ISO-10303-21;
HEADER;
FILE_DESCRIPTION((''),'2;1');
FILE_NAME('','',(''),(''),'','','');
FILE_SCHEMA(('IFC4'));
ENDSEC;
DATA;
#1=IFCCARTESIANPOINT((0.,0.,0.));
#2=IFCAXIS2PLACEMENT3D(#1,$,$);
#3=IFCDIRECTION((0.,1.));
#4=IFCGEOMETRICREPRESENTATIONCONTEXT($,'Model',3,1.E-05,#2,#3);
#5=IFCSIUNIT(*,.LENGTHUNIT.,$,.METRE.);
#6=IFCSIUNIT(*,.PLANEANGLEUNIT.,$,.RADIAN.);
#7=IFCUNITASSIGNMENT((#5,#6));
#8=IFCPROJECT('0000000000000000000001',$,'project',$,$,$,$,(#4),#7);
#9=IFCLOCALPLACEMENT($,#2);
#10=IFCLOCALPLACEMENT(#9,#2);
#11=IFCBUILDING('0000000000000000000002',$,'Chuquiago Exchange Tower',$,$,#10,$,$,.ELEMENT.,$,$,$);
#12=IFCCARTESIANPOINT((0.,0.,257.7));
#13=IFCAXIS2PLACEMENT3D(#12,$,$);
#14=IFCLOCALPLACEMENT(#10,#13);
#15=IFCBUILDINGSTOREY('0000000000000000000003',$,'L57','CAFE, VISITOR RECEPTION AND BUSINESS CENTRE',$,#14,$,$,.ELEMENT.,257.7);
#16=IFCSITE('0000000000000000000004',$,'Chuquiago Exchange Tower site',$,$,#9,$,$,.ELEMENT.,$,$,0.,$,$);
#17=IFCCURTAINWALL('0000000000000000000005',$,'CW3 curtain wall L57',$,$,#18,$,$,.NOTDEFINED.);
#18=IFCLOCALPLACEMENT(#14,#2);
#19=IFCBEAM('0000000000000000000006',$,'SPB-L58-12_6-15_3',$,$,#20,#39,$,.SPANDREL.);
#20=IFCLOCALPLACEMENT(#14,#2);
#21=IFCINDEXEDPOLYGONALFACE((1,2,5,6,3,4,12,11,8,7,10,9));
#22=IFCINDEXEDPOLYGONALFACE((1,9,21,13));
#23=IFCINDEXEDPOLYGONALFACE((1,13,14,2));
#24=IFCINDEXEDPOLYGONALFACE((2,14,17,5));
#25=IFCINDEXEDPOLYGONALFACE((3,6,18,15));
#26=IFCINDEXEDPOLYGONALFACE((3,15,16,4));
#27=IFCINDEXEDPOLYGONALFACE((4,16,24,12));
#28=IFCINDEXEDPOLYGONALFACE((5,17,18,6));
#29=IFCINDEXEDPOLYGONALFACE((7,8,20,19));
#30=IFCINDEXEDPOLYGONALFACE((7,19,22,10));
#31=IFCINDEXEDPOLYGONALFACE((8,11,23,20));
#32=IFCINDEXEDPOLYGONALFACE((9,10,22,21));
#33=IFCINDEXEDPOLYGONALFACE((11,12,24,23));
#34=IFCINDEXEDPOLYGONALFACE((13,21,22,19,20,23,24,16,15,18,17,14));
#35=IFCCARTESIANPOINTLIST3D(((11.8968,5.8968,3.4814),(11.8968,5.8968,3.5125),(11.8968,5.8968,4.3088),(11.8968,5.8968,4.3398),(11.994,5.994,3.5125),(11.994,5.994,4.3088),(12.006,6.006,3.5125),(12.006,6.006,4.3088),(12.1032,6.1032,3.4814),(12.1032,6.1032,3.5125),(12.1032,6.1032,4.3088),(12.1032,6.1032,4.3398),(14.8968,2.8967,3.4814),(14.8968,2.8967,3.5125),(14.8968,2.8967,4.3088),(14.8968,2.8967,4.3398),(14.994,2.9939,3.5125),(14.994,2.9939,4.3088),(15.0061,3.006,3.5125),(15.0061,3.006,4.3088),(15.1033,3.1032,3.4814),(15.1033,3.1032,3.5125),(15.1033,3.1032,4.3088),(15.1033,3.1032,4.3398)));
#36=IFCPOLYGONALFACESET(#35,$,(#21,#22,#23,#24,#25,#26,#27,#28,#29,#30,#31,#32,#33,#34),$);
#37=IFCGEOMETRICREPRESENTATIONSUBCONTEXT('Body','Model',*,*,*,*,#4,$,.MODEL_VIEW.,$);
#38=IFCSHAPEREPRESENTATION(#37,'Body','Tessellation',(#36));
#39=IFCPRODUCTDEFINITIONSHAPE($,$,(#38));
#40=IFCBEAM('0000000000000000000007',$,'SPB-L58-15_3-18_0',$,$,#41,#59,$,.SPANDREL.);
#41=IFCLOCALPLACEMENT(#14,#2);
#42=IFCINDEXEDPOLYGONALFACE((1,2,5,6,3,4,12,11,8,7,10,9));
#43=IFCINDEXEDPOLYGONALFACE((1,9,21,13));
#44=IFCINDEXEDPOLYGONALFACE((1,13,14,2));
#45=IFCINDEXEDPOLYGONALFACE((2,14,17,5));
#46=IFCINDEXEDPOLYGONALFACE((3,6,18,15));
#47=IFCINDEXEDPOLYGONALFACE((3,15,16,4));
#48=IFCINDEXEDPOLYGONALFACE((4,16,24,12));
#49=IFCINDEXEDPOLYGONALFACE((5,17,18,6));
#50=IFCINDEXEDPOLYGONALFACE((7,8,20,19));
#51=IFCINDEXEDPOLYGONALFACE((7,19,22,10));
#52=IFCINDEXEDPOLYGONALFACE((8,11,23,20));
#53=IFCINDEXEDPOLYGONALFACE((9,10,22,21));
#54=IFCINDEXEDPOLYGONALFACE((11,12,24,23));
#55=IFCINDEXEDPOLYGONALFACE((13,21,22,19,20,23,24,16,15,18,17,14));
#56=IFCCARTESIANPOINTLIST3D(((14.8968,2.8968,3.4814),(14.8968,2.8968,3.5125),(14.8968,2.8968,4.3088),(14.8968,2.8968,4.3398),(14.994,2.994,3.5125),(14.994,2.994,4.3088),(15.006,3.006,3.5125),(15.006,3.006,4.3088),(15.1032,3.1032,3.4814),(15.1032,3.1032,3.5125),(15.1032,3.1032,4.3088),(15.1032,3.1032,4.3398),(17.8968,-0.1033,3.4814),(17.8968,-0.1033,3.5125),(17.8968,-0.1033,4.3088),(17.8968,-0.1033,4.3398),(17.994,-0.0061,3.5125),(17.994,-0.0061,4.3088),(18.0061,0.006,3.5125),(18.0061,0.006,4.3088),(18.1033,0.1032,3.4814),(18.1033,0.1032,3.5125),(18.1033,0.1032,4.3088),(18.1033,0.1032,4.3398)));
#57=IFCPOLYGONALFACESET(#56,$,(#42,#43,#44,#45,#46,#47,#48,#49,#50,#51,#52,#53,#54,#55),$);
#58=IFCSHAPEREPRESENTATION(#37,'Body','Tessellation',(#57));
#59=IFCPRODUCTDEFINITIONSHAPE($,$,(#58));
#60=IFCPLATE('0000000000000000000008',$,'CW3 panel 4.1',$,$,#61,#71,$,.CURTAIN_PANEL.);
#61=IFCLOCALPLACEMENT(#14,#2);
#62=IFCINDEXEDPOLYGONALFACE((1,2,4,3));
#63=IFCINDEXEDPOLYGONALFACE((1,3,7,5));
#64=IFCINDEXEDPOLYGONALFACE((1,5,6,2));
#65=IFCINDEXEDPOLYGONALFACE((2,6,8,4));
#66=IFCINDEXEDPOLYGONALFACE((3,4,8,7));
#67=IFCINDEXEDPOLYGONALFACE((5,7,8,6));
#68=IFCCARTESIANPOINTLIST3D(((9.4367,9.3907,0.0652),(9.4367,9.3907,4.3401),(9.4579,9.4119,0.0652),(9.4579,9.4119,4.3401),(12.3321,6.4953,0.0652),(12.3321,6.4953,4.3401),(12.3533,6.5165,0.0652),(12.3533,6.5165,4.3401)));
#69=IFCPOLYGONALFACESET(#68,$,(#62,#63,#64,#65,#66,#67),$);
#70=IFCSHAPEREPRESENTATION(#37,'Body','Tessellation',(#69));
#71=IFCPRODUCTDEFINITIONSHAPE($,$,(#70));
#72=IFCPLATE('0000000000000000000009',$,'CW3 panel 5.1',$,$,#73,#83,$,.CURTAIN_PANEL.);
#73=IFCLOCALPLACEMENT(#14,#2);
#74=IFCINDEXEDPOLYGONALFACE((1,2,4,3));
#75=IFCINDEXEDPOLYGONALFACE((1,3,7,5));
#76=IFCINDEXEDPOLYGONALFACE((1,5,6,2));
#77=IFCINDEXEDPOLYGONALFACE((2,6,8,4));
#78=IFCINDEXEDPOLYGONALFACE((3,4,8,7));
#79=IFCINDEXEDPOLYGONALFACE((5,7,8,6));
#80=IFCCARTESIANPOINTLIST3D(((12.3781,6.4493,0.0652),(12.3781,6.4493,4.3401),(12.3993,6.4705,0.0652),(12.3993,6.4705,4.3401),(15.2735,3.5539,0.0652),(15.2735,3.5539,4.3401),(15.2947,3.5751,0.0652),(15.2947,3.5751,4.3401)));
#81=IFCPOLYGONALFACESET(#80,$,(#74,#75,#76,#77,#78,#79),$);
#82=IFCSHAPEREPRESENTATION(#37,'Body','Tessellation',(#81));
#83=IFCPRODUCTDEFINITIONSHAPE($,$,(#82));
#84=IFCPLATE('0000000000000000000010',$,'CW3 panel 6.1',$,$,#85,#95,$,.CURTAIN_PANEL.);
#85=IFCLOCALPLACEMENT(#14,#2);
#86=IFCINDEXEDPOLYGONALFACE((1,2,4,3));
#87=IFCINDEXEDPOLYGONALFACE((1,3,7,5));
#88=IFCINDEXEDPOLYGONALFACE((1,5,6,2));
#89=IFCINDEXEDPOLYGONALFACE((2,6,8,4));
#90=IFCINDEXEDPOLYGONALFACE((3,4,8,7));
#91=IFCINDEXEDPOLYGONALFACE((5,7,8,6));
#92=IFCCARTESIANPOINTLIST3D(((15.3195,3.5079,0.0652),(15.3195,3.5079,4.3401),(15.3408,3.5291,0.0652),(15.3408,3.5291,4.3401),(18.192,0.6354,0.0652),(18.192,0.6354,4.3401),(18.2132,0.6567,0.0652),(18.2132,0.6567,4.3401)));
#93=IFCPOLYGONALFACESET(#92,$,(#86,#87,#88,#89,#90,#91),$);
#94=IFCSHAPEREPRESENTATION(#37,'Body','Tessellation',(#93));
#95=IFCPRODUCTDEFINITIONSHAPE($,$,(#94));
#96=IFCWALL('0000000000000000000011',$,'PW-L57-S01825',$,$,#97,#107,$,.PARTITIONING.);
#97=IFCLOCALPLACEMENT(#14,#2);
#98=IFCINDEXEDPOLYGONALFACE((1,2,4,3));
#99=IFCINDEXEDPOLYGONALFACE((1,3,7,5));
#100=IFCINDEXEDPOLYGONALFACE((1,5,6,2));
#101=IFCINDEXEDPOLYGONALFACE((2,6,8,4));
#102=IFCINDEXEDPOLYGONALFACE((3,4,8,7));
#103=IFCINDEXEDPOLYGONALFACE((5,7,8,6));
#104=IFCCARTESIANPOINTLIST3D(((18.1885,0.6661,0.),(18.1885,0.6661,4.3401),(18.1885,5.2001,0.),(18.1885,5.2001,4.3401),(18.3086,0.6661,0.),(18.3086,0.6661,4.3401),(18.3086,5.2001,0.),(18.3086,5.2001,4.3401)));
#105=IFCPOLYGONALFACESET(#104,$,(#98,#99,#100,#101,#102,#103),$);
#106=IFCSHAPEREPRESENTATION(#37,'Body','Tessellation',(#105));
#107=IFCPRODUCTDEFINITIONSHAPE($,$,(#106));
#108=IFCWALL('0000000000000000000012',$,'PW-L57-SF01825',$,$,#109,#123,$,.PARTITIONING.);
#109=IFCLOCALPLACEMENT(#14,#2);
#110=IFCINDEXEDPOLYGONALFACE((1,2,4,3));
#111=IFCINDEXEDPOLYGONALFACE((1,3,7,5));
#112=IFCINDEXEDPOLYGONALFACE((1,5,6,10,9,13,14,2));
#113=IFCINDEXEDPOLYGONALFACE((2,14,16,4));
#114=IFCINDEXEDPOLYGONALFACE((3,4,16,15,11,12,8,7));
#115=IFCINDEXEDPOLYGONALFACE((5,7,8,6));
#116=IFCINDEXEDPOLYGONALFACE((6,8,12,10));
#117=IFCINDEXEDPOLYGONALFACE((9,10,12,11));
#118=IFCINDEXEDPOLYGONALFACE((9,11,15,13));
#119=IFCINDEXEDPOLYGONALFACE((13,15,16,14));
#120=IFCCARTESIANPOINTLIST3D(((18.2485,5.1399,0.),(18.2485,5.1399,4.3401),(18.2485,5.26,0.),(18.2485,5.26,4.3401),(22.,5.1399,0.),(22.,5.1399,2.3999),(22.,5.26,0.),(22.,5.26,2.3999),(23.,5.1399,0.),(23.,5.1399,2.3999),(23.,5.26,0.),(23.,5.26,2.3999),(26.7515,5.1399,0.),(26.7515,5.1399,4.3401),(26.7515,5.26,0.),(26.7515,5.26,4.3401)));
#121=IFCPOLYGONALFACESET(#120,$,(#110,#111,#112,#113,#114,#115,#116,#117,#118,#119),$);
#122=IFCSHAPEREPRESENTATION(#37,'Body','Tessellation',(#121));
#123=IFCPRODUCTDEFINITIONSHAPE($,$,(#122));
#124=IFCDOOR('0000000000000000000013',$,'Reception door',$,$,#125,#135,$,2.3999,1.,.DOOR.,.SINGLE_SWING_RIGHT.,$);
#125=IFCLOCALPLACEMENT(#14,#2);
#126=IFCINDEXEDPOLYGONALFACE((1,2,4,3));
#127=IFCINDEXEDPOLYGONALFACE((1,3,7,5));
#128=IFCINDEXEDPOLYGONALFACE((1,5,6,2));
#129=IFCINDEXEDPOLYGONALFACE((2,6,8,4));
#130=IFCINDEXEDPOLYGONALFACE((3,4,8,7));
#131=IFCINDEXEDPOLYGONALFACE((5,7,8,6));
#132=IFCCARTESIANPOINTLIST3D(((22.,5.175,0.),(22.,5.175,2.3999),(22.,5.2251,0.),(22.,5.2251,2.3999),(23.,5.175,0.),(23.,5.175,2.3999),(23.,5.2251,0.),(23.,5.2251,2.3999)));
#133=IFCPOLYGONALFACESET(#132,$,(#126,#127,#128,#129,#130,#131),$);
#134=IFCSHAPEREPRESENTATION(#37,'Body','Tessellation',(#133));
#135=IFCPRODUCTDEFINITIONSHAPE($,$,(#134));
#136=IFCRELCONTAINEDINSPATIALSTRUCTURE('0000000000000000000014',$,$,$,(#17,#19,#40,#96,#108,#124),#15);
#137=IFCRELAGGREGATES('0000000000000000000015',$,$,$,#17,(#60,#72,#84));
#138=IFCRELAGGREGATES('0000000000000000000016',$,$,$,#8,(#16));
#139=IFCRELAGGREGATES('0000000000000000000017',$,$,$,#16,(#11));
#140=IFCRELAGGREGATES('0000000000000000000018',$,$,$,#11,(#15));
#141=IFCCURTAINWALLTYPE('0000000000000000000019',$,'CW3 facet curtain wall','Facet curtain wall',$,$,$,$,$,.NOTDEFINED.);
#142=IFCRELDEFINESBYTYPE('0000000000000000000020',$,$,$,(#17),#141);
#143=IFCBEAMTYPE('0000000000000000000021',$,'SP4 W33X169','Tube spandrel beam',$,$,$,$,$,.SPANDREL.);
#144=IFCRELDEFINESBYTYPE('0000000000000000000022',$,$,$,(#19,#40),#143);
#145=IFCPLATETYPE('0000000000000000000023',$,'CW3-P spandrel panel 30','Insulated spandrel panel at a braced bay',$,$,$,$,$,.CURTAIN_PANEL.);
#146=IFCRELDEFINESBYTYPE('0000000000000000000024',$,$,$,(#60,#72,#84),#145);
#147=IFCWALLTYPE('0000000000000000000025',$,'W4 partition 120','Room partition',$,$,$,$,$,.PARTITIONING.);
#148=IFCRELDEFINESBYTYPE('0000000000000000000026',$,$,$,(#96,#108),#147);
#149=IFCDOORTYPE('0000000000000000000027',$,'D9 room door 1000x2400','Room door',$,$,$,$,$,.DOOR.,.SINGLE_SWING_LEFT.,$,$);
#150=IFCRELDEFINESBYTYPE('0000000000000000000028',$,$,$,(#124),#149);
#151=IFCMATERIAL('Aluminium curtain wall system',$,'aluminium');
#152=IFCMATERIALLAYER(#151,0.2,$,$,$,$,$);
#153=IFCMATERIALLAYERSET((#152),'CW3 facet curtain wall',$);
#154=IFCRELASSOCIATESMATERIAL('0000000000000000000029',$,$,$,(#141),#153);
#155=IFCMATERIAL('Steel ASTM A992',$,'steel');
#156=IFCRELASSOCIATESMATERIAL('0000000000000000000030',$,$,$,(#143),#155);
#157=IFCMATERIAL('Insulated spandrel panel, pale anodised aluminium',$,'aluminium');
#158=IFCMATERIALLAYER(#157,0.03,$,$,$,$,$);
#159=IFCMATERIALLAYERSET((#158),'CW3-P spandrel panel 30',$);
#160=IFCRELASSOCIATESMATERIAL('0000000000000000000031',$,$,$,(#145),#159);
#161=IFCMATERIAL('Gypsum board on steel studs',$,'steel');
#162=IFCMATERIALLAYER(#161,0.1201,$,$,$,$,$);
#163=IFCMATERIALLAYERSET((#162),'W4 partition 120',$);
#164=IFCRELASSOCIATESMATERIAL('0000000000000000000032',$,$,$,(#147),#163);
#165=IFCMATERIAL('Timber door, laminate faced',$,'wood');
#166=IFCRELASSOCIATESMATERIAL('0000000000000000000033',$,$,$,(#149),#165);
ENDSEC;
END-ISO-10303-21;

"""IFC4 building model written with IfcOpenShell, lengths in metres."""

from ifc_helpers import new_model, si_unit, direction, frame, frame_2d, origin, origin_2d, place, context, subcontext, project, spatial, rectangle, i_section, extrude, material, layer, layer_set, material_profile, profile_set, type_object, element, fill, aggregate, save


model = new_model("IFC4")

# Units and contexts
model_context = context("Model", 3, precision=1e-05, world=origin(), true_north=direction((0.0, 1.0)))
body_context = subcontext(model_context, "Body", "Model", "MODEL_VIEW")
ifc_project = project(units=[si_unit("LENGTHUNIT", "METRE"), si_unit("PLANEANGLEUNIT", "RADIAN")], contexts=[model_context])

# Site, building, storey
site_placement = place(None, origin())
site = spatial("IfcSite", under=ifc_project, at=site_placement, Name="Chuquiago Exchange Tower site", CompositionType="ELEMENT", RefElevation=0.0)
building_placement = place(site_placement, origin())
building = spatial("IfcBuilding", under=site, at=building_placement, Name="Chuquiago Exchange Tower", CompositionType="ELEMENT")
storey_placement = place(building_placement, frame((0.0, 0.0, 257.7)))
storey = spatial("IfcBuildingStorey", under=building, at=storey_placement, Name="L57", Description="CAFE, VISITOR RECEPTION AND BUSINESS CENTRE", CompositionType="ELEMENT", Elevation=257.7)

# Curtain wall
ifc_material_1 = material(Name="Aluminium curtain wall system", Category="aluminium")
ifc_layer_1 = layer(ifc_material_1, 0.2)
ifc_layer_set_1 = layer_set([ifc_layer_1], Name="CW3 facet curtain wall")
curtain_wall_type_1 = type_object("IfcCurtainWallType", Name="CW3 facet curtain wall", Description="Facet curtain wall", PredefinedType="NOTDEFINED", material=ifc_layer_set_1)
curtain_wall_1_placement = place(storey_placement, origin())
curtain_wall_1 = element("IfcCurtainWall", 1, at=curtain_wall_1_placement, inside=storey, type_object=curtain_wall_type_1, Name="CW3 curtain wall L57", PredefinedType="NOTDEFINED")

# Beams
ifc_material_2 = material(Name="Steel ASTM A992", Category="steel")
ifc_material_profile_1 = material_profile(ifc_material_2, i_section(OverallWidth=0.292, OverallDepth=0.8584, WebThickness=0.0171, FlangeThickness=0.031, at=origin_2d()), Name="W33X169")
ifc_profile_set_1 = profile_set([ifc_material_profile_1], Name="Steel ASTM A992")
beam_type_1 = type_object("IfcBeamType", Name="SP4 W33X169", Description="Tube spandrel beam", PredefinedType="SPANDREL", material=ifc_profile_set_1)
for number, where, z_axis, x_axis, name in (
    (2, (12.0, 6.0, 3.9106), (0.707107, -0.707107, 0.0), (0.707107, 0.707107, 0.0), "SPB-L58-12_6-15_3"),
    (3, (15.0, 3.0, 3.9106), (0.707107, -0.707107, 0.0), (0.707107, 0.707107, 0.0), "SPB-L58-15_3-18_0"),
):
    element("IfcBeam", number, at=place(storey_placement, frame(where, z_axis=z_axis, x_axis=x_axis)), inside=storey, type_object=beam_type_1, Name=name, PredefinedType="SPANDREL", context=body_context, shape_type="SweptSolid", body=[
        extrude(i_section(OverallWidth=0.292, OverallDepth=0.8584, WebThickness=0.0171, FlangeThickness=0.031, at=origin_2d()), origin(), (0.0, 0.0, 1.0), 4.2427),
    ])

# Plates
ifc_material_3 = material(Name="Insulated spandrel panel, pale anodised aluminium", Category="aluminium")
ifc_layer_2 = layer(ifc_material_3, 0.03)
ifc_layer_set_2 = layer_set([ifc_layer_2], Name="CW3-P spandrel panel 30")
plate_type = type_object("IfcPlateType", Name="CW3-P spandrel panel 30", Description="Insulated spandrel panel at a braced bay", PredefinedType="CURTAIN_PANEL", material=ifc_layer_set_2)
plate_1_placement = place(storey_placement, frame((10.895, 7.9536, 0.0652), z_axis=(0.0, 0.0, 1.0), x_axis=(0.707107, -0.707107, 0.0)))
plate_1 = element("IfcPlate", 4, at=plate_1_placement, type_object=plate_type, Name="CW3 panel 4.1", PredefinedType="CURTAIN_PANEL", context=body_context, shape_type="SweptSolid", body=[
    extrude(rectangle(XDim=4.0947, YDim=0.03, at=origin_2d()), origin(), (0.0, 0.0, 1.0), 4.2749),
])
plate_2_placement = place(storey_placement, frame((13.8364, 5.0122, 0.0652), z_axis=(0.0, 0.0, 1.0), x_axis=(0.707107, -0.707107, 0.0)))
plate_2 = element("IfcPlate", 5, at=plate_2_placement, type_object=plate_type, Name="CW3 panel 5.1", PredefinedType="CURTAIN_PANEL", context=body_context, shape_type="SweptSolid", body=[
    extrude(rectangle(XDim=4.0947, YDim=0.03, at=origin_2d()), origin(), (0.0, 0.0, 1.0), 4.2749),
])
plate_3_placement = place(storey_placement, frame((16.7664, 2.0823, 0.0652), z_axis=(0.0, 0.0, 1.0), x_axis=(0.707107, -0.707107, 0.0)))
plate_3 = element("IfcPlate", 6, at=plate_3_placement, type_object=plate_type, Name="CW3 panel 6.1", PredefinedType="CURTAIN_PANEL", context=body_context, shape_type="SweptSolid", body=[
    extrude(rectangle(XDim=4.0623, YDim=0.03, at=origin_2d()), origin(), (0.0, 0.0, 1.0), 4.2749),
])
aggregate(curtain_wall_1, [plate_1, plate_2, plate_3])

# Wall
ifc_material_4 = material(Name="Gypsum board on steel studs", Category="steel")
ifc_layer_3 = layer(ifc_material_4, 0.1201)
ifc_layer_set_3 = layer_set([ifc_layer_3], Name="W4 partition 120")
wall_type = type_object("IfcWallType", Name="W4 partition 120", Description="Room partition", PredefinedType="PARTITIONING", material=ifc_layer_set_3)
wall_1_placement = place(storey_placement, frame((18.2485, 0.666, 0.0), z_axis=(0.0, 0.0, 1.0), x_axis=(0.0, 1.0, 0.0)))
element("IfcWall", 7, at=wall_1_placement, inside=storey, type_object=wall_type, Name="PW-L57-S01825", PredefinedType="PARTITIONING", context=body_context, shape_type="SweptSolid", body=[
    extrude(rectangle(XDim=4.5339, YDim=0.1201, at=frame_2d((2.2671, 0.0))), origin(), (0.0, 0.0, 1.0), 4.3401),
])

# Wall, opening, door
wall_2_placement = place(storey_placement, frame((18.2485, 5.2, 0.0), z_axis=(0.0, 0.0, 1.0), x_axis=(1.0, 0.0, 0.0)))
wall_2 = element("IfcWall", 8, at=wall_2_placement, inside=storey, type_object=wall_type, Name="PW-L57-SF01825", PredefinedType="PARTITIONING", context=body_context, shape_type="SweptSolid", body=[
    extrude(rectangle(XDim=8.5029, YDim=0.1201, at=frame_2d((4.2515, 0.0))), origin(), (0.0, 0.0, 1.0), 4.3401),
])
opening_placement = place(wall_2_placement, frame((3.7515, 0.0, 0.0)))
opening = element("IfcOpeningElement", 9, at=opening_placement, cuts=wall_2, PredefinedType="OPENING", context=body_context, shape_type="SweptSolid", body=[
    extrude(rectangle(XDim=1.0, YDim=2.3999, at=frame_2d((0.5, 1.2))), frame((0.0, 0.0701, 0.0), z_axis=(0.0, -1.0, 0.0), x_axis=(1.0, 0.0, 0.0)), (0.0, 0.0, 1.0), 0.1401),
])
ifc_material_5 = material(Name="Timber door, laminate faced", Category="wood")
door_type = type_object("IfcDoorType", Name="D9 room door 1000x2400", Description="Room door", OperationType="SINGLE_SWING_LEFT", PredefinedType="DOOR", material=ifc_material_5)
door_placement = place(opening_placement, frame((1.0, 0.0, 0.0), z_axis=(0.0, 0.0, 1.0), x_axis=(-1.0, 0.0, 0.0)))
door = element("IfcDoor", 10, at=door_placement, inside=storey, type_object=door_type, Name="Reception door", OperationType="SINGLE_SWING_RIGHT", OverallHeight=2.3999, OverallWidth=1.0, PredefinedType="DOOR", context=body_context, shape_type="SweptSolid", body=[
    extrude(rectangle(XDim=1.0, YDim=2.3999, at=frame_2d((0.5, 1.2))), frame((0.0, 0.0249, 0.0), z_axis=(0.0, -1.0, 0.0), x_axis=(1.0, 0.0, 0.0)), (0.0, 0.0, 1.0), 0.05),
])
fill(opening, door)

save(model, "model.ifc")
